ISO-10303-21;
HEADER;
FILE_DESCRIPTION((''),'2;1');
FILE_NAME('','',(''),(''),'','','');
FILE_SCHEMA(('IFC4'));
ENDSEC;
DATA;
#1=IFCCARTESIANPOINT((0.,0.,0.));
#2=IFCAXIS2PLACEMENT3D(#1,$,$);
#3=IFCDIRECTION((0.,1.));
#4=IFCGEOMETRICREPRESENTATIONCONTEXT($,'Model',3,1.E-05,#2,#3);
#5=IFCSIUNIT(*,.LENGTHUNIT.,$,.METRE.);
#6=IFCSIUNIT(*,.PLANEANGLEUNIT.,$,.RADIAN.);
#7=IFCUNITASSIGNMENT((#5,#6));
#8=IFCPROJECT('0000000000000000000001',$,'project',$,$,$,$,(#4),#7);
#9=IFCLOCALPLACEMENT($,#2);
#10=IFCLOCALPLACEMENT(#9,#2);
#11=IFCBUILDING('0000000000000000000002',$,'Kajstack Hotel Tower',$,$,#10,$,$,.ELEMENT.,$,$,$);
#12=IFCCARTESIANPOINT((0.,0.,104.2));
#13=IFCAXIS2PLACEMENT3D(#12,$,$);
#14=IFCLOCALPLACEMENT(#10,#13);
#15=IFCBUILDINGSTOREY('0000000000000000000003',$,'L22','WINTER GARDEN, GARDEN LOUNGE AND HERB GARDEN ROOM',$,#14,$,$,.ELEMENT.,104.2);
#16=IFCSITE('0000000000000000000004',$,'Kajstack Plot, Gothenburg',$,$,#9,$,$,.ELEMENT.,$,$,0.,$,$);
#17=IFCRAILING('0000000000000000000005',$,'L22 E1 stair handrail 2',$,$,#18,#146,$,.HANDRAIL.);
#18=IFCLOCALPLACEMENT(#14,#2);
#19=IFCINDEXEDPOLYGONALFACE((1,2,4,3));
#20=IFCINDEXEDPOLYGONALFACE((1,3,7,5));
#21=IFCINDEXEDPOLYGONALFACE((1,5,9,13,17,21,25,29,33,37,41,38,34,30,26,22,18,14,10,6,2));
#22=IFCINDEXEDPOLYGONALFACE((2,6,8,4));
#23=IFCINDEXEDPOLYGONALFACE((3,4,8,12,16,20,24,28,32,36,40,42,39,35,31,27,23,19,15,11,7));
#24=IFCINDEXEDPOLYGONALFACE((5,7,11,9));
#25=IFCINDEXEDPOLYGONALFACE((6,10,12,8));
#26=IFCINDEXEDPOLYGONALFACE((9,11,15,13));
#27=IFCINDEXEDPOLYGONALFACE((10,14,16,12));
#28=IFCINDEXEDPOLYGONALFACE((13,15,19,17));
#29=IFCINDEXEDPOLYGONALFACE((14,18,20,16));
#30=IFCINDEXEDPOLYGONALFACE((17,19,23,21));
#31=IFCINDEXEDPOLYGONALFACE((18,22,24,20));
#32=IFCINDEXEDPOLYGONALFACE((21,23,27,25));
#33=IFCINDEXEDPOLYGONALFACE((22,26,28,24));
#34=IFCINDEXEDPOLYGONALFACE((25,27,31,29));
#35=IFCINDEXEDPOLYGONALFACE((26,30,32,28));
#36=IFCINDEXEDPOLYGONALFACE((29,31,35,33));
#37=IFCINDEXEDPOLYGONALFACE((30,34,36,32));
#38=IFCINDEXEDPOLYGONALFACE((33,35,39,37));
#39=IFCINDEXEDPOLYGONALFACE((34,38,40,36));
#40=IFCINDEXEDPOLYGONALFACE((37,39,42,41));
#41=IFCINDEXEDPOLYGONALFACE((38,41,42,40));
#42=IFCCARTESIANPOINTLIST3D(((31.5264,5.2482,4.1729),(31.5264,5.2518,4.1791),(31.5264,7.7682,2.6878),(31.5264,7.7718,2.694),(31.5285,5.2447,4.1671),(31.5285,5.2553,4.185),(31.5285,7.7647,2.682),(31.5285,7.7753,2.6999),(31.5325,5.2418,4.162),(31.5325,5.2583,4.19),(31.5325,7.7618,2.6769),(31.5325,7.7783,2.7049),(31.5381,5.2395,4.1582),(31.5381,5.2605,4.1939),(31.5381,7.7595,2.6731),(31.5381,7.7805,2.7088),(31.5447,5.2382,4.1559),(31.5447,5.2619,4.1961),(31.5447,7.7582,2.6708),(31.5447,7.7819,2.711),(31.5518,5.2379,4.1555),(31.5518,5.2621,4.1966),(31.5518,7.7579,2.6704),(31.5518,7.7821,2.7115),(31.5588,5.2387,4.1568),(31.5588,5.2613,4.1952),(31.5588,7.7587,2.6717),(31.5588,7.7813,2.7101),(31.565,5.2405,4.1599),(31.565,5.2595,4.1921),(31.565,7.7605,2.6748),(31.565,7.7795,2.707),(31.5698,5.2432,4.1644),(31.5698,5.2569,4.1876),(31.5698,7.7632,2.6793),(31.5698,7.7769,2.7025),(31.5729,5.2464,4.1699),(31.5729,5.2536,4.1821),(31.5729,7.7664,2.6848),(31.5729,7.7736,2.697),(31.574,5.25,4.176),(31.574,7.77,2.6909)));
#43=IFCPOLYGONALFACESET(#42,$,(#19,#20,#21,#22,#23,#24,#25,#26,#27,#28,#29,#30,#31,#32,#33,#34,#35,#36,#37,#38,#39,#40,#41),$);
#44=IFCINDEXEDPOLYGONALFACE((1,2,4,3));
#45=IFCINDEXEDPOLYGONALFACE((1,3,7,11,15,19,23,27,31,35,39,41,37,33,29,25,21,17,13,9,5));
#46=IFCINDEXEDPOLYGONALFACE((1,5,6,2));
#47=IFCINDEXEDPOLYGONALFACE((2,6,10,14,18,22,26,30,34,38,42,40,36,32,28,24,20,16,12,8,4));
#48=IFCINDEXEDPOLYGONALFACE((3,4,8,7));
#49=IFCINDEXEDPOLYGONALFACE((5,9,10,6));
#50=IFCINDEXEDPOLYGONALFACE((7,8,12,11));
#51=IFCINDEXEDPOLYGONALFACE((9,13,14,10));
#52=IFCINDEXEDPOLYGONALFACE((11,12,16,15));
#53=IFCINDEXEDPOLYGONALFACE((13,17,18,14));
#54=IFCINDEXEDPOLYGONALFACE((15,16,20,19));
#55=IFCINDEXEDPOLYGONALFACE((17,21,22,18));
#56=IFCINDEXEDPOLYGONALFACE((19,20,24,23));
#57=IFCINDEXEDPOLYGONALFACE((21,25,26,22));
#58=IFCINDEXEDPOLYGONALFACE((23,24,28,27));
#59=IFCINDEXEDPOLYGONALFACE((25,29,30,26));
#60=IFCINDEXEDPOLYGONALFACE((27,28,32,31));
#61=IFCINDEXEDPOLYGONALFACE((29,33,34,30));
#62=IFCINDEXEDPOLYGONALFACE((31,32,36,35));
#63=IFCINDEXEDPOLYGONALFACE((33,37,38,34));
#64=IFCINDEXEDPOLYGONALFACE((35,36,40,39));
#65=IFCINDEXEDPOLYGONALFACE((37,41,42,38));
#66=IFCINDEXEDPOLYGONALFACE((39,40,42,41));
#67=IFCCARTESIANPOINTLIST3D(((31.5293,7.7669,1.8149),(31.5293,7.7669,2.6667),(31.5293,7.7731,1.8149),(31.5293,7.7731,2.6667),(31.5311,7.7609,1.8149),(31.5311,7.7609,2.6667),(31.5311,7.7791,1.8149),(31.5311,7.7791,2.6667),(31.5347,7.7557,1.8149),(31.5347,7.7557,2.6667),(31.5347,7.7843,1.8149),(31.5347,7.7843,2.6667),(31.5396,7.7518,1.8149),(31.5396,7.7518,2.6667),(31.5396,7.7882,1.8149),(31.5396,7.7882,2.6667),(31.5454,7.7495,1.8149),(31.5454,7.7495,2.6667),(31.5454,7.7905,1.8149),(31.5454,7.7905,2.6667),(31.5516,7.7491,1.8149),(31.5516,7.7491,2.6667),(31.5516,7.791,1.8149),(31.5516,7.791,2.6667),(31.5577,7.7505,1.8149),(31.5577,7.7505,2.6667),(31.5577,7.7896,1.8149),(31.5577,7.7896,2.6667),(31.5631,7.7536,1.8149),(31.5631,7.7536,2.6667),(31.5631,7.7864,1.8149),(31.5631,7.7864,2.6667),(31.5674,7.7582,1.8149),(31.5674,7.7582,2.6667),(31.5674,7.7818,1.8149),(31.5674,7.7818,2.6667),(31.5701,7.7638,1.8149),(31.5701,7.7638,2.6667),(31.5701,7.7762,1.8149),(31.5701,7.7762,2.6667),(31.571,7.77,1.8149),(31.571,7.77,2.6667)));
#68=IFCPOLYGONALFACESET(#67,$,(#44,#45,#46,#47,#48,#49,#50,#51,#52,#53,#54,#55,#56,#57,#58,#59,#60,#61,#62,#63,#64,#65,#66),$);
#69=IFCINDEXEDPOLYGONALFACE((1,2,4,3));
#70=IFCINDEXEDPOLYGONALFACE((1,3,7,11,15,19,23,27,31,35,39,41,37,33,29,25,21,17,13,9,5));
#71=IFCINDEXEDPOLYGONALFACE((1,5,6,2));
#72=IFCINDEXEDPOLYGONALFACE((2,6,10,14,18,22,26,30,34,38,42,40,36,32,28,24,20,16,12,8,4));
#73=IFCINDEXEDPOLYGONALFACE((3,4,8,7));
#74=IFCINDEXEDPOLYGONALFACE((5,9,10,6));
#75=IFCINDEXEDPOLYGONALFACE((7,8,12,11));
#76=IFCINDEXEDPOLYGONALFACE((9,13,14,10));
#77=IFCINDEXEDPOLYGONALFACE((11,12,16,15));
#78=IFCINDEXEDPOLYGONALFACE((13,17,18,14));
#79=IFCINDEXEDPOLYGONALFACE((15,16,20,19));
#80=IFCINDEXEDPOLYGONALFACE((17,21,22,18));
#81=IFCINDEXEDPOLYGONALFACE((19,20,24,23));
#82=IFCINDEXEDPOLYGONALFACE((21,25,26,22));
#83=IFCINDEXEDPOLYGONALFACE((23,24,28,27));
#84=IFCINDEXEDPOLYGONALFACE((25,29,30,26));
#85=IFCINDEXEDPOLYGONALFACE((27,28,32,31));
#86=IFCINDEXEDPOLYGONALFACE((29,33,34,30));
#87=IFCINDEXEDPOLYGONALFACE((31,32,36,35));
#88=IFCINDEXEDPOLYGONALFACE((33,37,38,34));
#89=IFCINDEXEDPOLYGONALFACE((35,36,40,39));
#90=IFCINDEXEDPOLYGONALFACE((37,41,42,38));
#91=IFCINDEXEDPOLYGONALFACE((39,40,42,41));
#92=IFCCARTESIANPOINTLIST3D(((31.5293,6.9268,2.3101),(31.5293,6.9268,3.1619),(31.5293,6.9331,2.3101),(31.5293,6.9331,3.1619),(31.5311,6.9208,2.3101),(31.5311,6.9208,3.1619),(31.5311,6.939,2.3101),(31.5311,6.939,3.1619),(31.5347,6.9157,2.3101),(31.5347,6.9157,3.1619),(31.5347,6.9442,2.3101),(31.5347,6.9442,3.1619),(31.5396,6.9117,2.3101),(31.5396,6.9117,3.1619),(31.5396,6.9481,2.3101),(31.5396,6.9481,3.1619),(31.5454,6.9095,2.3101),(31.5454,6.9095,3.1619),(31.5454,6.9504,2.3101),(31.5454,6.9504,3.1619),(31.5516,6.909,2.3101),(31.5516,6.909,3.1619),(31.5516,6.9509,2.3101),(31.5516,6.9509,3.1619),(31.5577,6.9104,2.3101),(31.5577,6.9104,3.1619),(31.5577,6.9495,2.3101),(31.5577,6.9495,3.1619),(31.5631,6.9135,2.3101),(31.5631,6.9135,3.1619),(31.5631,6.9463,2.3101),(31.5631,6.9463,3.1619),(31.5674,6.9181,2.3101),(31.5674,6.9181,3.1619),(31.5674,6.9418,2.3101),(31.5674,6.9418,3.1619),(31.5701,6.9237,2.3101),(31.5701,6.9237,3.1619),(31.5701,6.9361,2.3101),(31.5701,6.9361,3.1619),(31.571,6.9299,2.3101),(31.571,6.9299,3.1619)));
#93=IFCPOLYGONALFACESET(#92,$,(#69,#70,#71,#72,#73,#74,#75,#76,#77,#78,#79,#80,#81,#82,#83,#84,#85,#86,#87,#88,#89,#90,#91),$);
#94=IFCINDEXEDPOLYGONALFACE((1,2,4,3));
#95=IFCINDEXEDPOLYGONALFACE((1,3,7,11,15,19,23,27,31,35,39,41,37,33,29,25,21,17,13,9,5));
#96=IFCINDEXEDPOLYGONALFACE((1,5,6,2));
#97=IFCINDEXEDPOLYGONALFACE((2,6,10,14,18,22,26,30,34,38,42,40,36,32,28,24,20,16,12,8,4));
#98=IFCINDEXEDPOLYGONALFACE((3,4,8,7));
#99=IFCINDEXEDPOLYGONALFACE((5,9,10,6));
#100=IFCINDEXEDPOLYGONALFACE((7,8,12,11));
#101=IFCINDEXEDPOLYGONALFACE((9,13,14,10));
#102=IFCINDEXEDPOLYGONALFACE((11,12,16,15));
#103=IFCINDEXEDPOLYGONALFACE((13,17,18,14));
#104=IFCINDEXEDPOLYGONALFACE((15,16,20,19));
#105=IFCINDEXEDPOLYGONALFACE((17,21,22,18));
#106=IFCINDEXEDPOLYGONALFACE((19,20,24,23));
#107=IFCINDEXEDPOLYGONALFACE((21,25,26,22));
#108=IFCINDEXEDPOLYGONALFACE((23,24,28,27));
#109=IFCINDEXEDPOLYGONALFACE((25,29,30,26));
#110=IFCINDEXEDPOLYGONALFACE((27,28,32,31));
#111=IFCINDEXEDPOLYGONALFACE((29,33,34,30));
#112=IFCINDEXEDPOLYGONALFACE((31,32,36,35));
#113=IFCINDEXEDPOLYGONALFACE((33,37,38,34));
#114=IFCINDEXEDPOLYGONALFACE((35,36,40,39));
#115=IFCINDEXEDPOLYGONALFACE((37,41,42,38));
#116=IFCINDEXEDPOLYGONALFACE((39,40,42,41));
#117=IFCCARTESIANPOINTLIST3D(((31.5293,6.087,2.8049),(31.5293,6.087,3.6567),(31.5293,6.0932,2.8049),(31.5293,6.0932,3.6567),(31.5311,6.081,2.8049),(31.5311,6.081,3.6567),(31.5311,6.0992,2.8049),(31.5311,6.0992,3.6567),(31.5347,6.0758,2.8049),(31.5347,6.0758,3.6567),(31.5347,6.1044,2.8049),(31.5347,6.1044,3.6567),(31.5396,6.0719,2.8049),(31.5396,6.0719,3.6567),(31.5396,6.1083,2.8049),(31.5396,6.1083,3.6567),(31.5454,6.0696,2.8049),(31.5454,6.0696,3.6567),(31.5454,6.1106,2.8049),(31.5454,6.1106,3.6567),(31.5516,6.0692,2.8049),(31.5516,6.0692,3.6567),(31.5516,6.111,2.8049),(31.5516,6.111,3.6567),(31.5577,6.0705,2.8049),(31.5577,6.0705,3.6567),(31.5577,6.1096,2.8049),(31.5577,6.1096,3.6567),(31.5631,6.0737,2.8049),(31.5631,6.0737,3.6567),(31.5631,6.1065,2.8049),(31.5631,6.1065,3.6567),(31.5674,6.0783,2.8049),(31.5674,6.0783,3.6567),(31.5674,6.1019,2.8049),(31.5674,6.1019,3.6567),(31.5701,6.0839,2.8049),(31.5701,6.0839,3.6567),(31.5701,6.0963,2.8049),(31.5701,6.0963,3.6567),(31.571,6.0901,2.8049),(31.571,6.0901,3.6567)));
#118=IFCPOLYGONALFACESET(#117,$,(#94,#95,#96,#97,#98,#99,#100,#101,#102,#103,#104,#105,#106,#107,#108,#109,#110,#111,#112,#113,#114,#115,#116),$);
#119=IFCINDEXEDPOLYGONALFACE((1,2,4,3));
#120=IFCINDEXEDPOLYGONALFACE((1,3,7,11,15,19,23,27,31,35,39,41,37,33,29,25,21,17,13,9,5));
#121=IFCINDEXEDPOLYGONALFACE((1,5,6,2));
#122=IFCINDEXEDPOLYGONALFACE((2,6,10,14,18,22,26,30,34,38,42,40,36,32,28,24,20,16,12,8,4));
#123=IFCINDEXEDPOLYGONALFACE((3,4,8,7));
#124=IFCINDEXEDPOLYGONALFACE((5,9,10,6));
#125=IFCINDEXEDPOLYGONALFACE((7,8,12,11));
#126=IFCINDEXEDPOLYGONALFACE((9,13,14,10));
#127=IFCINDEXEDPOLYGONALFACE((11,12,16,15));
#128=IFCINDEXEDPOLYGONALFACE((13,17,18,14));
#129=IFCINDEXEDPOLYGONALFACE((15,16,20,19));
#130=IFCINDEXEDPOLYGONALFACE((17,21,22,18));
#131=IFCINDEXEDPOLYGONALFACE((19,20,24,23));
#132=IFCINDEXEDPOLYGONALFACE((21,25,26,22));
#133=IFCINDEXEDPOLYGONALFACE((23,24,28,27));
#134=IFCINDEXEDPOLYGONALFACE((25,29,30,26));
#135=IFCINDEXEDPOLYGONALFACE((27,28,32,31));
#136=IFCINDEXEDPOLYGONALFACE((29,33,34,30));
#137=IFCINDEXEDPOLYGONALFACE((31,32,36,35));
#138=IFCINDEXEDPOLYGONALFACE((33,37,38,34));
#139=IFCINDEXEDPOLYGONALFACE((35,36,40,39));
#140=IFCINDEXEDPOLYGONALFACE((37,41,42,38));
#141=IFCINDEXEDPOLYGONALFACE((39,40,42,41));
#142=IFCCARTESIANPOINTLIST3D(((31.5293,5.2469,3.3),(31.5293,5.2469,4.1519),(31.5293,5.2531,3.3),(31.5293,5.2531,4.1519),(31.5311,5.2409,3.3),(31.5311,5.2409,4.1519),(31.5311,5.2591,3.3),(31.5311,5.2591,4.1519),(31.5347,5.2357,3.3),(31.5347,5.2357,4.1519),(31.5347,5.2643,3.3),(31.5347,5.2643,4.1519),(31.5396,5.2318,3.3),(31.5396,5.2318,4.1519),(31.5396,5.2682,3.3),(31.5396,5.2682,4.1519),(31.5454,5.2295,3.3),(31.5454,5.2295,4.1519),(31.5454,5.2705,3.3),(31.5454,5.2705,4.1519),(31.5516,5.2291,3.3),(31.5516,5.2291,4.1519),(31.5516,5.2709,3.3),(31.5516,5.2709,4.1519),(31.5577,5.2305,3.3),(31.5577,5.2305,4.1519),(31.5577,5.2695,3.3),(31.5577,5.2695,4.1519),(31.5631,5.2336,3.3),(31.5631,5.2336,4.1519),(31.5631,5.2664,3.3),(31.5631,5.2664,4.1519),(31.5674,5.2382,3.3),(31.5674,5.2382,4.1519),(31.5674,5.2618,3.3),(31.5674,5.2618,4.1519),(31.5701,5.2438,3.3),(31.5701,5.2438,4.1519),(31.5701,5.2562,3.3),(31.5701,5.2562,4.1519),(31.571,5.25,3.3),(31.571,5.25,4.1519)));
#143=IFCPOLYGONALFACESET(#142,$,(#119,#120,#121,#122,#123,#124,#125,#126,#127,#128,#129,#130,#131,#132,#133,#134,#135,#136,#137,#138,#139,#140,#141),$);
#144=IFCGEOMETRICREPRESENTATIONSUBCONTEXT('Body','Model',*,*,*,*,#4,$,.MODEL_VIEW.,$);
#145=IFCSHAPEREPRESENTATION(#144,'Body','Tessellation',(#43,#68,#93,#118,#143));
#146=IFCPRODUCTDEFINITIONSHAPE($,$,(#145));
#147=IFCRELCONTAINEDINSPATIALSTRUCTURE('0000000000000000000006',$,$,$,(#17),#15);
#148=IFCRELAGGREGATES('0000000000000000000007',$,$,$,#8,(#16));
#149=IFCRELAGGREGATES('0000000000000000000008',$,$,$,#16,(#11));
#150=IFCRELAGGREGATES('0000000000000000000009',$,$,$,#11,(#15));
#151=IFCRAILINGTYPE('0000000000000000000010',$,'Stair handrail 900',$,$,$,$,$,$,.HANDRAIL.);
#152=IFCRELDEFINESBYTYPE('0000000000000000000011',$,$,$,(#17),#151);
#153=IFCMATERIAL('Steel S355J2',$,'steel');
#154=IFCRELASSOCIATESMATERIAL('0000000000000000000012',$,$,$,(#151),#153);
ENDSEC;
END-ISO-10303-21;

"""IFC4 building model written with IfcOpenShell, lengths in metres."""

from ifc_helpers import new_model, si_unit, direction, frame, origin, origin_2d, place, context, subcontext, project, spatial, circle, extrude, material, type_object, element, save


model = new_model("IFC4")

# Units and contexts
model_context = context("Model", 3, precision=1e-05, world=origin(), true_north=direction((0.0, 1.0)))
body_context = subcontext(model_context, "Body", "Model", "MODEL_VIEW")
ifc_project = project(units=[si_unit("LENGTHUNIT", "METRE"), si_unit("PLANEANGLEUNIT", "RADIAN")], contexts=[model_context])

# Site, building, storey
site_placement = place(None, origin())
site = spatial("IfcSite", under=ifc_project, at=site_placement, Name="Kajstack Plot, Gothenburg", CompositionType="ELEMENT", RefElevation=0.0)
building_placement = place(site_placement, origin())
building = spatial("IfcBuilding", under=site, at=building_placement, Name="Kajstack Hotel Tower", CompositionType="ELEMENT")
storey_placement = place(building_placement, frame((0.0, 0.0, 104.2)))
storey = spatial("IfcBuildingStorey", under=building, at=storey_placement, Name="L22", Description="WINTER GARDEN, GARDEN LOUNGE AND HERB GARDEN ROOM", CompositionType="ELEMENT", Elevation=104.2)

# Railing
ifc_material_1 = material(Name="Steel S355J2", Category="steel")
railing_type_1 = type_object("IfcRailingType", Name="Stair handrail 900", PredefinedType="HANDRAIL", material=ifc_material_1)
for number, where, name in (
    (1, (31.55, 7.77, 1.8149), "L22 E1 stair handrail 2"),
):
    element("IfcRailing", number, at=place(storey_placement, frame(where)), inside=storey, type_object=railing_type_1, Name=name, PredefinedType="HANDRAIL", context=body_context, shape_type="SweptSolid", body=[
        extrude(circle(Radius=0.0239, at=origin_2d()), frame((0.0, 0.0, 0.876), z_axis=(0.0, -0.861524, 0.507717), x_axis=(1.0, 0.0, 0.0)), (0.0, 0.0, 1.0), 2.925),
        extrude(circle(Radius=0.021, at=origin_2d()), origin(), (0.0, 0.0, 1.0), 0.8518),
        extrude(circle(Radius=0.021, at=origin_2d()), frame((0.0, -0.8401, 0.4951)), (0.0, 0.0, 1.0), 0.8518),
        extrude(circle(Radius=0.021, at=origin_2d()), frame((0.0, -1.6799, 0.99)), (0.0, 0.0, 1.0), 0.8518),
        extrude(circle(Radius=0.021, at=origin_2d()), frame((0.0, -2.52, 1.4851)), (0.0, 0.0, 1.0), 0.8518),
    ])

save(model, "model.ifc")
